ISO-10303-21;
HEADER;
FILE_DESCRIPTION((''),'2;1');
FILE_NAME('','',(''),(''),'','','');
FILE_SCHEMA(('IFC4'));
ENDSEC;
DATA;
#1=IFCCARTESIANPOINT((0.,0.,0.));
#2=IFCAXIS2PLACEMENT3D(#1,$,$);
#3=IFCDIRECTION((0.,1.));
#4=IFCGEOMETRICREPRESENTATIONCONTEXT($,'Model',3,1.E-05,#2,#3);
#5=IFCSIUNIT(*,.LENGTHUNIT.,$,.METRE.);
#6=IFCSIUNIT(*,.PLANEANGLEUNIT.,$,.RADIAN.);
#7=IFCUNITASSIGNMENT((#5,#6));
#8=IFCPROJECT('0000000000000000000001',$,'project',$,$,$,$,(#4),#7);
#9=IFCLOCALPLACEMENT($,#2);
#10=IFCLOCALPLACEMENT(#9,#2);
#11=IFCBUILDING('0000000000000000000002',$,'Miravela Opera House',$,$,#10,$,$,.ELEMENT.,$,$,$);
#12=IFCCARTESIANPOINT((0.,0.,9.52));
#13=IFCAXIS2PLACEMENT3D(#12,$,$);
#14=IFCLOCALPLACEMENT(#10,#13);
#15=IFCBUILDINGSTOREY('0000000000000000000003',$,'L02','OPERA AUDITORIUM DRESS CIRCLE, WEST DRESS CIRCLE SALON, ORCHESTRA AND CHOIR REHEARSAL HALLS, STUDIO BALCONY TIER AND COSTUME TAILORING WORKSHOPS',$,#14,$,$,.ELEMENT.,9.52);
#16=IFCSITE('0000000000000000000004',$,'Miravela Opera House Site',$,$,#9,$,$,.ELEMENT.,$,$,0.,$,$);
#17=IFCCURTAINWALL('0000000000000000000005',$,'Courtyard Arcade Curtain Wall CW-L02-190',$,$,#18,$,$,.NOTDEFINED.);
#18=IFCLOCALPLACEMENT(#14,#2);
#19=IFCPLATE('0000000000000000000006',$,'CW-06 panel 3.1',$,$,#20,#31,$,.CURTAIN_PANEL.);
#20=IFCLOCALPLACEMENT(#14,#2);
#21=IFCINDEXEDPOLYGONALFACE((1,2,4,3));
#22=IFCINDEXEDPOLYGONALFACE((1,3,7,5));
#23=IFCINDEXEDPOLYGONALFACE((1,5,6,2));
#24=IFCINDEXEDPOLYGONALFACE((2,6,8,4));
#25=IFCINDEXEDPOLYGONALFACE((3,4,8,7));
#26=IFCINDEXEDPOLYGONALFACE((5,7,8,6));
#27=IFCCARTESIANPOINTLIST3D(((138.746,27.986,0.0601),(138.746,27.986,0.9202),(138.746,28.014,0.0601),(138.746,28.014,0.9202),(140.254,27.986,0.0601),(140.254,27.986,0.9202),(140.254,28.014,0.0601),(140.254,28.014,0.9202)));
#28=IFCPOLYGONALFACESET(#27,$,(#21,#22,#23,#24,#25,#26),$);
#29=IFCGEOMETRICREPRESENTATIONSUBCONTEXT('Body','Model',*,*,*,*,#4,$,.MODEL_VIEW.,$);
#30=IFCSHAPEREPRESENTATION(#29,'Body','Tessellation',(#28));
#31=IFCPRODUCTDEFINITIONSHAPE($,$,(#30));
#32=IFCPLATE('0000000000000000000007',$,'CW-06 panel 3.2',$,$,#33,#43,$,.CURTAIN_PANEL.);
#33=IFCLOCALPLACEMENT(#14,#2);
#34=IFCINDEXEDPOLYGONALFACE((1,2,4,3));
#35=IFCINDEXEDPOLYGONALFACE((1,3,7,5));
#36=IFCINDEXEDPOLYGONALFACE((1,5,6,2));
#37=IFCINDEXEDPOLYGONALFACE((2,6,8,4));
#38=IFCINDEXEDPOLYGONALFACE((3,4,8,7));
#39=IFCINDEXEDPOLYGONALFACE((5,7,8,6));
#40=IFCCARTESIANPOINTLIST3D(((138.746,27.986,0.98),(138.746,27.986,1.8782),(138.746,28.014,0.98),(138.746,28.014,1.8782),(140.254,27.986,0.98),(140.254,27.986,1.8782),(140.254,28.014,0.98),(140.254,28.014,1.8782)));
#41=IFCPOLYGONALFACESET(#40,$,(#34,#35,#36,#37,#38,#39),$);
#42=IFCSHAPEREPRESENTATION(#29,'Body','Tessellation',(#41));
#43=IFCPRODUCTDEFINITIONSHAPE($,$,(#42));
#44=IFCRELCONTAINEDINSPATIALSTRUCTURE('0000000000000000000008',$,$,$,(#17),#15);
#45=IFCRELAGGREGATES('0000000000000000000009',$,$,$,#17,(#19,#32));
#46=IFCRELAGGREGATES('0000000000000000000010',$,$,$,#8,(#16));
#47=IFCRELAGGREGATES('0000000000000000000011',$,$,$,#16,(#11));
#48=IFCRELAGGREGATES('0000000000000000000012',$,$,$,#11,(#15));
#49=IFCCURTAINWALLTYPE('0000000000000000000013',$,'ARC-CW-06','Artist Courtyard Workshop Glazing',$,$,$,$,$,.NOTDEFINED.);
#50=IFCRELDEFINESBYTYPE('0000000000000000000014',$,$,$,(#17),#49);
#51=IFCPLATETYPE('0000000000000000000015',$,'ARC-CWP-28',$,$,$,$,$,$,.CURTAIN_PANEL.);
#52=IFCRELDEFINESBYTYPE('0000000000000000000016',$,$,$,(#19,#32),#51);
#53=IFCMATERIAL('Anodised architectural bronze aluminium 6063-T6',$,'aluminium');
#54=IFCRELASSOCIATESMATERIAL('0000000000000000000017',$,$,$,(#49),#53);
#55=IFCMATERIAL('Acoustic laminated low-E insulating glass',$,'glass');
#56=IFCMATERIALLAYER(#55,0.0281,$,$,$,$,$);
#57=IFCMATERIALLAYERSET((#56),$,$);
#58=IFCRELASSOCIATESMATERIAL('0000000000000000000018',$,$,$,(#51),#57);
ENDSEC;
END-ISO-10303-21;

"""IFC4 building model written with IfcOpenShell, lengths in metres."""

from ifc_helpers import new_model, si_unit, direction, frame, origin, origin_2d, place, context, subcontext, project, spatial, rectangle, extrude, material, layer, layer_set, type_object, element, aggregate, save


model = new_model("IFC4")

# Units and contexts
model_context = context("Model", 3, precision=1e-05, world=origin(), true_north=direction((0.0, 1.0)))
body_context = subcontext(model_context, "Body", "Model", "MODEL_VIEW")
ifc_project = project(units=[si_unit("LENGTHUNIT", "METRE"), si_unit("PLANEANGLEUNIT", "RADIAN")], contexts=[model_context])

# Site, building, storey
site_placement = place(None, origin())
site = spatial("IfcSite", under=ifc_project, at=site_placement, Name="Miravela Opera House Site", CompositionType="ELEMENT", RefElevation=0.0)
building_placement = place(site_placement, origin())
building = spatial("IfcBuilding", under=site, at=building_placement, Name="Miravela Opera House", CompositionType="ELEMENT")
storey_placement = place(building_placement, frame((0.0, 0.0, 9.52)))
storey = spatial("IfcBuildingStorey", under=building, at=storey_placement, Name="L02", Description="OPERA AUDITORIUM DRESS CIRCLE, WEST DRESS CIRCLE SALON, ORCHESTRA AND CHOIR REHEARSAL HALLS, STUDIO BALCONY TIER AND COSTUME TAILORING WORKSHOPS", CompositionType="ELEMENT", Elevation=9.52)

# Curtain wall
ifc_material_1 = material(Name="Anodised architectural bronze aluminium 6063-T6", Category="aluminium")
curtain_wall_type = type_object("IfcCurtainWallType", Name="ARC-CW-06", Description="Artist Courtyard Workshop Glazing", PredefinedType="NOTDEFINED", material=ifc_material_1)
curtain_wall_placement = place(storey_placement, origin())
curtain_wall = element("IfcCurtainWall", 1, at=curtain_wall_placement, inside=storey, type_object=curtain_wall_type, Name="Courtyard Arcade Curtain Wall CW-L02-190", PredefinedType="NOTDEFINED")

# Plates
ifc_material_2 = material(Name="Acoustic laminated low-E insulating glass", Category="glass")
ifc_layer = layer(ifc_material_2, 0.0281)
ifc_layer_set = layer_set([ifc_layer])
plate_type = type_object("IfcPlateType", Name="ARC-CWP-28", PredefinedType="CURTAIN_PANEL", material=ifc_layer_set)
plate_1_placement = place(storey_placement, frame((139.5, 28.0, 0.0601), z_axis=(0.0, 0.0, 1.0), x_axis=(1.0, 0.0, 0.0)))
plate_1 = element("IfcPlate", 2, at=plate_1_placement, type_object=plate_type, Name="CW-06 panel 3.1", PredefinedType="CURTAIN_PANEL", context=body_context, shape_type="SweptSolid", body=[
    extrude(rectangle(XDim=1.5081, YDim=0.0281, at=origin_2d()), origin(), (0.0, 0.0, 1.0), 0.8601),
])
plate_2_placement = place(storey_placement, frame((139.5, 28.0, 0.98), z_axis=(0.0, 0.0, 1.0), x_axis=(1.0, 0.0, 0.0)))
plate_2 = element("IfcPlate", 3, at=plate_2_placement, type_object=plate_type, Name="CW-06 panel 3.2", PredefinedType="CURTAIN_PANEL", context=body_context, shape_type="SweptSolid", body=[
    extrude(rectangle(XDim=1.5081, YDim=0.0281, at=origin_2d()), origin(), (0.0, 0.0, 1.0), 0.8982),
])
aggregate(curtain_wall, [plate_1, plate_2])

save(model, "model.ifc")
